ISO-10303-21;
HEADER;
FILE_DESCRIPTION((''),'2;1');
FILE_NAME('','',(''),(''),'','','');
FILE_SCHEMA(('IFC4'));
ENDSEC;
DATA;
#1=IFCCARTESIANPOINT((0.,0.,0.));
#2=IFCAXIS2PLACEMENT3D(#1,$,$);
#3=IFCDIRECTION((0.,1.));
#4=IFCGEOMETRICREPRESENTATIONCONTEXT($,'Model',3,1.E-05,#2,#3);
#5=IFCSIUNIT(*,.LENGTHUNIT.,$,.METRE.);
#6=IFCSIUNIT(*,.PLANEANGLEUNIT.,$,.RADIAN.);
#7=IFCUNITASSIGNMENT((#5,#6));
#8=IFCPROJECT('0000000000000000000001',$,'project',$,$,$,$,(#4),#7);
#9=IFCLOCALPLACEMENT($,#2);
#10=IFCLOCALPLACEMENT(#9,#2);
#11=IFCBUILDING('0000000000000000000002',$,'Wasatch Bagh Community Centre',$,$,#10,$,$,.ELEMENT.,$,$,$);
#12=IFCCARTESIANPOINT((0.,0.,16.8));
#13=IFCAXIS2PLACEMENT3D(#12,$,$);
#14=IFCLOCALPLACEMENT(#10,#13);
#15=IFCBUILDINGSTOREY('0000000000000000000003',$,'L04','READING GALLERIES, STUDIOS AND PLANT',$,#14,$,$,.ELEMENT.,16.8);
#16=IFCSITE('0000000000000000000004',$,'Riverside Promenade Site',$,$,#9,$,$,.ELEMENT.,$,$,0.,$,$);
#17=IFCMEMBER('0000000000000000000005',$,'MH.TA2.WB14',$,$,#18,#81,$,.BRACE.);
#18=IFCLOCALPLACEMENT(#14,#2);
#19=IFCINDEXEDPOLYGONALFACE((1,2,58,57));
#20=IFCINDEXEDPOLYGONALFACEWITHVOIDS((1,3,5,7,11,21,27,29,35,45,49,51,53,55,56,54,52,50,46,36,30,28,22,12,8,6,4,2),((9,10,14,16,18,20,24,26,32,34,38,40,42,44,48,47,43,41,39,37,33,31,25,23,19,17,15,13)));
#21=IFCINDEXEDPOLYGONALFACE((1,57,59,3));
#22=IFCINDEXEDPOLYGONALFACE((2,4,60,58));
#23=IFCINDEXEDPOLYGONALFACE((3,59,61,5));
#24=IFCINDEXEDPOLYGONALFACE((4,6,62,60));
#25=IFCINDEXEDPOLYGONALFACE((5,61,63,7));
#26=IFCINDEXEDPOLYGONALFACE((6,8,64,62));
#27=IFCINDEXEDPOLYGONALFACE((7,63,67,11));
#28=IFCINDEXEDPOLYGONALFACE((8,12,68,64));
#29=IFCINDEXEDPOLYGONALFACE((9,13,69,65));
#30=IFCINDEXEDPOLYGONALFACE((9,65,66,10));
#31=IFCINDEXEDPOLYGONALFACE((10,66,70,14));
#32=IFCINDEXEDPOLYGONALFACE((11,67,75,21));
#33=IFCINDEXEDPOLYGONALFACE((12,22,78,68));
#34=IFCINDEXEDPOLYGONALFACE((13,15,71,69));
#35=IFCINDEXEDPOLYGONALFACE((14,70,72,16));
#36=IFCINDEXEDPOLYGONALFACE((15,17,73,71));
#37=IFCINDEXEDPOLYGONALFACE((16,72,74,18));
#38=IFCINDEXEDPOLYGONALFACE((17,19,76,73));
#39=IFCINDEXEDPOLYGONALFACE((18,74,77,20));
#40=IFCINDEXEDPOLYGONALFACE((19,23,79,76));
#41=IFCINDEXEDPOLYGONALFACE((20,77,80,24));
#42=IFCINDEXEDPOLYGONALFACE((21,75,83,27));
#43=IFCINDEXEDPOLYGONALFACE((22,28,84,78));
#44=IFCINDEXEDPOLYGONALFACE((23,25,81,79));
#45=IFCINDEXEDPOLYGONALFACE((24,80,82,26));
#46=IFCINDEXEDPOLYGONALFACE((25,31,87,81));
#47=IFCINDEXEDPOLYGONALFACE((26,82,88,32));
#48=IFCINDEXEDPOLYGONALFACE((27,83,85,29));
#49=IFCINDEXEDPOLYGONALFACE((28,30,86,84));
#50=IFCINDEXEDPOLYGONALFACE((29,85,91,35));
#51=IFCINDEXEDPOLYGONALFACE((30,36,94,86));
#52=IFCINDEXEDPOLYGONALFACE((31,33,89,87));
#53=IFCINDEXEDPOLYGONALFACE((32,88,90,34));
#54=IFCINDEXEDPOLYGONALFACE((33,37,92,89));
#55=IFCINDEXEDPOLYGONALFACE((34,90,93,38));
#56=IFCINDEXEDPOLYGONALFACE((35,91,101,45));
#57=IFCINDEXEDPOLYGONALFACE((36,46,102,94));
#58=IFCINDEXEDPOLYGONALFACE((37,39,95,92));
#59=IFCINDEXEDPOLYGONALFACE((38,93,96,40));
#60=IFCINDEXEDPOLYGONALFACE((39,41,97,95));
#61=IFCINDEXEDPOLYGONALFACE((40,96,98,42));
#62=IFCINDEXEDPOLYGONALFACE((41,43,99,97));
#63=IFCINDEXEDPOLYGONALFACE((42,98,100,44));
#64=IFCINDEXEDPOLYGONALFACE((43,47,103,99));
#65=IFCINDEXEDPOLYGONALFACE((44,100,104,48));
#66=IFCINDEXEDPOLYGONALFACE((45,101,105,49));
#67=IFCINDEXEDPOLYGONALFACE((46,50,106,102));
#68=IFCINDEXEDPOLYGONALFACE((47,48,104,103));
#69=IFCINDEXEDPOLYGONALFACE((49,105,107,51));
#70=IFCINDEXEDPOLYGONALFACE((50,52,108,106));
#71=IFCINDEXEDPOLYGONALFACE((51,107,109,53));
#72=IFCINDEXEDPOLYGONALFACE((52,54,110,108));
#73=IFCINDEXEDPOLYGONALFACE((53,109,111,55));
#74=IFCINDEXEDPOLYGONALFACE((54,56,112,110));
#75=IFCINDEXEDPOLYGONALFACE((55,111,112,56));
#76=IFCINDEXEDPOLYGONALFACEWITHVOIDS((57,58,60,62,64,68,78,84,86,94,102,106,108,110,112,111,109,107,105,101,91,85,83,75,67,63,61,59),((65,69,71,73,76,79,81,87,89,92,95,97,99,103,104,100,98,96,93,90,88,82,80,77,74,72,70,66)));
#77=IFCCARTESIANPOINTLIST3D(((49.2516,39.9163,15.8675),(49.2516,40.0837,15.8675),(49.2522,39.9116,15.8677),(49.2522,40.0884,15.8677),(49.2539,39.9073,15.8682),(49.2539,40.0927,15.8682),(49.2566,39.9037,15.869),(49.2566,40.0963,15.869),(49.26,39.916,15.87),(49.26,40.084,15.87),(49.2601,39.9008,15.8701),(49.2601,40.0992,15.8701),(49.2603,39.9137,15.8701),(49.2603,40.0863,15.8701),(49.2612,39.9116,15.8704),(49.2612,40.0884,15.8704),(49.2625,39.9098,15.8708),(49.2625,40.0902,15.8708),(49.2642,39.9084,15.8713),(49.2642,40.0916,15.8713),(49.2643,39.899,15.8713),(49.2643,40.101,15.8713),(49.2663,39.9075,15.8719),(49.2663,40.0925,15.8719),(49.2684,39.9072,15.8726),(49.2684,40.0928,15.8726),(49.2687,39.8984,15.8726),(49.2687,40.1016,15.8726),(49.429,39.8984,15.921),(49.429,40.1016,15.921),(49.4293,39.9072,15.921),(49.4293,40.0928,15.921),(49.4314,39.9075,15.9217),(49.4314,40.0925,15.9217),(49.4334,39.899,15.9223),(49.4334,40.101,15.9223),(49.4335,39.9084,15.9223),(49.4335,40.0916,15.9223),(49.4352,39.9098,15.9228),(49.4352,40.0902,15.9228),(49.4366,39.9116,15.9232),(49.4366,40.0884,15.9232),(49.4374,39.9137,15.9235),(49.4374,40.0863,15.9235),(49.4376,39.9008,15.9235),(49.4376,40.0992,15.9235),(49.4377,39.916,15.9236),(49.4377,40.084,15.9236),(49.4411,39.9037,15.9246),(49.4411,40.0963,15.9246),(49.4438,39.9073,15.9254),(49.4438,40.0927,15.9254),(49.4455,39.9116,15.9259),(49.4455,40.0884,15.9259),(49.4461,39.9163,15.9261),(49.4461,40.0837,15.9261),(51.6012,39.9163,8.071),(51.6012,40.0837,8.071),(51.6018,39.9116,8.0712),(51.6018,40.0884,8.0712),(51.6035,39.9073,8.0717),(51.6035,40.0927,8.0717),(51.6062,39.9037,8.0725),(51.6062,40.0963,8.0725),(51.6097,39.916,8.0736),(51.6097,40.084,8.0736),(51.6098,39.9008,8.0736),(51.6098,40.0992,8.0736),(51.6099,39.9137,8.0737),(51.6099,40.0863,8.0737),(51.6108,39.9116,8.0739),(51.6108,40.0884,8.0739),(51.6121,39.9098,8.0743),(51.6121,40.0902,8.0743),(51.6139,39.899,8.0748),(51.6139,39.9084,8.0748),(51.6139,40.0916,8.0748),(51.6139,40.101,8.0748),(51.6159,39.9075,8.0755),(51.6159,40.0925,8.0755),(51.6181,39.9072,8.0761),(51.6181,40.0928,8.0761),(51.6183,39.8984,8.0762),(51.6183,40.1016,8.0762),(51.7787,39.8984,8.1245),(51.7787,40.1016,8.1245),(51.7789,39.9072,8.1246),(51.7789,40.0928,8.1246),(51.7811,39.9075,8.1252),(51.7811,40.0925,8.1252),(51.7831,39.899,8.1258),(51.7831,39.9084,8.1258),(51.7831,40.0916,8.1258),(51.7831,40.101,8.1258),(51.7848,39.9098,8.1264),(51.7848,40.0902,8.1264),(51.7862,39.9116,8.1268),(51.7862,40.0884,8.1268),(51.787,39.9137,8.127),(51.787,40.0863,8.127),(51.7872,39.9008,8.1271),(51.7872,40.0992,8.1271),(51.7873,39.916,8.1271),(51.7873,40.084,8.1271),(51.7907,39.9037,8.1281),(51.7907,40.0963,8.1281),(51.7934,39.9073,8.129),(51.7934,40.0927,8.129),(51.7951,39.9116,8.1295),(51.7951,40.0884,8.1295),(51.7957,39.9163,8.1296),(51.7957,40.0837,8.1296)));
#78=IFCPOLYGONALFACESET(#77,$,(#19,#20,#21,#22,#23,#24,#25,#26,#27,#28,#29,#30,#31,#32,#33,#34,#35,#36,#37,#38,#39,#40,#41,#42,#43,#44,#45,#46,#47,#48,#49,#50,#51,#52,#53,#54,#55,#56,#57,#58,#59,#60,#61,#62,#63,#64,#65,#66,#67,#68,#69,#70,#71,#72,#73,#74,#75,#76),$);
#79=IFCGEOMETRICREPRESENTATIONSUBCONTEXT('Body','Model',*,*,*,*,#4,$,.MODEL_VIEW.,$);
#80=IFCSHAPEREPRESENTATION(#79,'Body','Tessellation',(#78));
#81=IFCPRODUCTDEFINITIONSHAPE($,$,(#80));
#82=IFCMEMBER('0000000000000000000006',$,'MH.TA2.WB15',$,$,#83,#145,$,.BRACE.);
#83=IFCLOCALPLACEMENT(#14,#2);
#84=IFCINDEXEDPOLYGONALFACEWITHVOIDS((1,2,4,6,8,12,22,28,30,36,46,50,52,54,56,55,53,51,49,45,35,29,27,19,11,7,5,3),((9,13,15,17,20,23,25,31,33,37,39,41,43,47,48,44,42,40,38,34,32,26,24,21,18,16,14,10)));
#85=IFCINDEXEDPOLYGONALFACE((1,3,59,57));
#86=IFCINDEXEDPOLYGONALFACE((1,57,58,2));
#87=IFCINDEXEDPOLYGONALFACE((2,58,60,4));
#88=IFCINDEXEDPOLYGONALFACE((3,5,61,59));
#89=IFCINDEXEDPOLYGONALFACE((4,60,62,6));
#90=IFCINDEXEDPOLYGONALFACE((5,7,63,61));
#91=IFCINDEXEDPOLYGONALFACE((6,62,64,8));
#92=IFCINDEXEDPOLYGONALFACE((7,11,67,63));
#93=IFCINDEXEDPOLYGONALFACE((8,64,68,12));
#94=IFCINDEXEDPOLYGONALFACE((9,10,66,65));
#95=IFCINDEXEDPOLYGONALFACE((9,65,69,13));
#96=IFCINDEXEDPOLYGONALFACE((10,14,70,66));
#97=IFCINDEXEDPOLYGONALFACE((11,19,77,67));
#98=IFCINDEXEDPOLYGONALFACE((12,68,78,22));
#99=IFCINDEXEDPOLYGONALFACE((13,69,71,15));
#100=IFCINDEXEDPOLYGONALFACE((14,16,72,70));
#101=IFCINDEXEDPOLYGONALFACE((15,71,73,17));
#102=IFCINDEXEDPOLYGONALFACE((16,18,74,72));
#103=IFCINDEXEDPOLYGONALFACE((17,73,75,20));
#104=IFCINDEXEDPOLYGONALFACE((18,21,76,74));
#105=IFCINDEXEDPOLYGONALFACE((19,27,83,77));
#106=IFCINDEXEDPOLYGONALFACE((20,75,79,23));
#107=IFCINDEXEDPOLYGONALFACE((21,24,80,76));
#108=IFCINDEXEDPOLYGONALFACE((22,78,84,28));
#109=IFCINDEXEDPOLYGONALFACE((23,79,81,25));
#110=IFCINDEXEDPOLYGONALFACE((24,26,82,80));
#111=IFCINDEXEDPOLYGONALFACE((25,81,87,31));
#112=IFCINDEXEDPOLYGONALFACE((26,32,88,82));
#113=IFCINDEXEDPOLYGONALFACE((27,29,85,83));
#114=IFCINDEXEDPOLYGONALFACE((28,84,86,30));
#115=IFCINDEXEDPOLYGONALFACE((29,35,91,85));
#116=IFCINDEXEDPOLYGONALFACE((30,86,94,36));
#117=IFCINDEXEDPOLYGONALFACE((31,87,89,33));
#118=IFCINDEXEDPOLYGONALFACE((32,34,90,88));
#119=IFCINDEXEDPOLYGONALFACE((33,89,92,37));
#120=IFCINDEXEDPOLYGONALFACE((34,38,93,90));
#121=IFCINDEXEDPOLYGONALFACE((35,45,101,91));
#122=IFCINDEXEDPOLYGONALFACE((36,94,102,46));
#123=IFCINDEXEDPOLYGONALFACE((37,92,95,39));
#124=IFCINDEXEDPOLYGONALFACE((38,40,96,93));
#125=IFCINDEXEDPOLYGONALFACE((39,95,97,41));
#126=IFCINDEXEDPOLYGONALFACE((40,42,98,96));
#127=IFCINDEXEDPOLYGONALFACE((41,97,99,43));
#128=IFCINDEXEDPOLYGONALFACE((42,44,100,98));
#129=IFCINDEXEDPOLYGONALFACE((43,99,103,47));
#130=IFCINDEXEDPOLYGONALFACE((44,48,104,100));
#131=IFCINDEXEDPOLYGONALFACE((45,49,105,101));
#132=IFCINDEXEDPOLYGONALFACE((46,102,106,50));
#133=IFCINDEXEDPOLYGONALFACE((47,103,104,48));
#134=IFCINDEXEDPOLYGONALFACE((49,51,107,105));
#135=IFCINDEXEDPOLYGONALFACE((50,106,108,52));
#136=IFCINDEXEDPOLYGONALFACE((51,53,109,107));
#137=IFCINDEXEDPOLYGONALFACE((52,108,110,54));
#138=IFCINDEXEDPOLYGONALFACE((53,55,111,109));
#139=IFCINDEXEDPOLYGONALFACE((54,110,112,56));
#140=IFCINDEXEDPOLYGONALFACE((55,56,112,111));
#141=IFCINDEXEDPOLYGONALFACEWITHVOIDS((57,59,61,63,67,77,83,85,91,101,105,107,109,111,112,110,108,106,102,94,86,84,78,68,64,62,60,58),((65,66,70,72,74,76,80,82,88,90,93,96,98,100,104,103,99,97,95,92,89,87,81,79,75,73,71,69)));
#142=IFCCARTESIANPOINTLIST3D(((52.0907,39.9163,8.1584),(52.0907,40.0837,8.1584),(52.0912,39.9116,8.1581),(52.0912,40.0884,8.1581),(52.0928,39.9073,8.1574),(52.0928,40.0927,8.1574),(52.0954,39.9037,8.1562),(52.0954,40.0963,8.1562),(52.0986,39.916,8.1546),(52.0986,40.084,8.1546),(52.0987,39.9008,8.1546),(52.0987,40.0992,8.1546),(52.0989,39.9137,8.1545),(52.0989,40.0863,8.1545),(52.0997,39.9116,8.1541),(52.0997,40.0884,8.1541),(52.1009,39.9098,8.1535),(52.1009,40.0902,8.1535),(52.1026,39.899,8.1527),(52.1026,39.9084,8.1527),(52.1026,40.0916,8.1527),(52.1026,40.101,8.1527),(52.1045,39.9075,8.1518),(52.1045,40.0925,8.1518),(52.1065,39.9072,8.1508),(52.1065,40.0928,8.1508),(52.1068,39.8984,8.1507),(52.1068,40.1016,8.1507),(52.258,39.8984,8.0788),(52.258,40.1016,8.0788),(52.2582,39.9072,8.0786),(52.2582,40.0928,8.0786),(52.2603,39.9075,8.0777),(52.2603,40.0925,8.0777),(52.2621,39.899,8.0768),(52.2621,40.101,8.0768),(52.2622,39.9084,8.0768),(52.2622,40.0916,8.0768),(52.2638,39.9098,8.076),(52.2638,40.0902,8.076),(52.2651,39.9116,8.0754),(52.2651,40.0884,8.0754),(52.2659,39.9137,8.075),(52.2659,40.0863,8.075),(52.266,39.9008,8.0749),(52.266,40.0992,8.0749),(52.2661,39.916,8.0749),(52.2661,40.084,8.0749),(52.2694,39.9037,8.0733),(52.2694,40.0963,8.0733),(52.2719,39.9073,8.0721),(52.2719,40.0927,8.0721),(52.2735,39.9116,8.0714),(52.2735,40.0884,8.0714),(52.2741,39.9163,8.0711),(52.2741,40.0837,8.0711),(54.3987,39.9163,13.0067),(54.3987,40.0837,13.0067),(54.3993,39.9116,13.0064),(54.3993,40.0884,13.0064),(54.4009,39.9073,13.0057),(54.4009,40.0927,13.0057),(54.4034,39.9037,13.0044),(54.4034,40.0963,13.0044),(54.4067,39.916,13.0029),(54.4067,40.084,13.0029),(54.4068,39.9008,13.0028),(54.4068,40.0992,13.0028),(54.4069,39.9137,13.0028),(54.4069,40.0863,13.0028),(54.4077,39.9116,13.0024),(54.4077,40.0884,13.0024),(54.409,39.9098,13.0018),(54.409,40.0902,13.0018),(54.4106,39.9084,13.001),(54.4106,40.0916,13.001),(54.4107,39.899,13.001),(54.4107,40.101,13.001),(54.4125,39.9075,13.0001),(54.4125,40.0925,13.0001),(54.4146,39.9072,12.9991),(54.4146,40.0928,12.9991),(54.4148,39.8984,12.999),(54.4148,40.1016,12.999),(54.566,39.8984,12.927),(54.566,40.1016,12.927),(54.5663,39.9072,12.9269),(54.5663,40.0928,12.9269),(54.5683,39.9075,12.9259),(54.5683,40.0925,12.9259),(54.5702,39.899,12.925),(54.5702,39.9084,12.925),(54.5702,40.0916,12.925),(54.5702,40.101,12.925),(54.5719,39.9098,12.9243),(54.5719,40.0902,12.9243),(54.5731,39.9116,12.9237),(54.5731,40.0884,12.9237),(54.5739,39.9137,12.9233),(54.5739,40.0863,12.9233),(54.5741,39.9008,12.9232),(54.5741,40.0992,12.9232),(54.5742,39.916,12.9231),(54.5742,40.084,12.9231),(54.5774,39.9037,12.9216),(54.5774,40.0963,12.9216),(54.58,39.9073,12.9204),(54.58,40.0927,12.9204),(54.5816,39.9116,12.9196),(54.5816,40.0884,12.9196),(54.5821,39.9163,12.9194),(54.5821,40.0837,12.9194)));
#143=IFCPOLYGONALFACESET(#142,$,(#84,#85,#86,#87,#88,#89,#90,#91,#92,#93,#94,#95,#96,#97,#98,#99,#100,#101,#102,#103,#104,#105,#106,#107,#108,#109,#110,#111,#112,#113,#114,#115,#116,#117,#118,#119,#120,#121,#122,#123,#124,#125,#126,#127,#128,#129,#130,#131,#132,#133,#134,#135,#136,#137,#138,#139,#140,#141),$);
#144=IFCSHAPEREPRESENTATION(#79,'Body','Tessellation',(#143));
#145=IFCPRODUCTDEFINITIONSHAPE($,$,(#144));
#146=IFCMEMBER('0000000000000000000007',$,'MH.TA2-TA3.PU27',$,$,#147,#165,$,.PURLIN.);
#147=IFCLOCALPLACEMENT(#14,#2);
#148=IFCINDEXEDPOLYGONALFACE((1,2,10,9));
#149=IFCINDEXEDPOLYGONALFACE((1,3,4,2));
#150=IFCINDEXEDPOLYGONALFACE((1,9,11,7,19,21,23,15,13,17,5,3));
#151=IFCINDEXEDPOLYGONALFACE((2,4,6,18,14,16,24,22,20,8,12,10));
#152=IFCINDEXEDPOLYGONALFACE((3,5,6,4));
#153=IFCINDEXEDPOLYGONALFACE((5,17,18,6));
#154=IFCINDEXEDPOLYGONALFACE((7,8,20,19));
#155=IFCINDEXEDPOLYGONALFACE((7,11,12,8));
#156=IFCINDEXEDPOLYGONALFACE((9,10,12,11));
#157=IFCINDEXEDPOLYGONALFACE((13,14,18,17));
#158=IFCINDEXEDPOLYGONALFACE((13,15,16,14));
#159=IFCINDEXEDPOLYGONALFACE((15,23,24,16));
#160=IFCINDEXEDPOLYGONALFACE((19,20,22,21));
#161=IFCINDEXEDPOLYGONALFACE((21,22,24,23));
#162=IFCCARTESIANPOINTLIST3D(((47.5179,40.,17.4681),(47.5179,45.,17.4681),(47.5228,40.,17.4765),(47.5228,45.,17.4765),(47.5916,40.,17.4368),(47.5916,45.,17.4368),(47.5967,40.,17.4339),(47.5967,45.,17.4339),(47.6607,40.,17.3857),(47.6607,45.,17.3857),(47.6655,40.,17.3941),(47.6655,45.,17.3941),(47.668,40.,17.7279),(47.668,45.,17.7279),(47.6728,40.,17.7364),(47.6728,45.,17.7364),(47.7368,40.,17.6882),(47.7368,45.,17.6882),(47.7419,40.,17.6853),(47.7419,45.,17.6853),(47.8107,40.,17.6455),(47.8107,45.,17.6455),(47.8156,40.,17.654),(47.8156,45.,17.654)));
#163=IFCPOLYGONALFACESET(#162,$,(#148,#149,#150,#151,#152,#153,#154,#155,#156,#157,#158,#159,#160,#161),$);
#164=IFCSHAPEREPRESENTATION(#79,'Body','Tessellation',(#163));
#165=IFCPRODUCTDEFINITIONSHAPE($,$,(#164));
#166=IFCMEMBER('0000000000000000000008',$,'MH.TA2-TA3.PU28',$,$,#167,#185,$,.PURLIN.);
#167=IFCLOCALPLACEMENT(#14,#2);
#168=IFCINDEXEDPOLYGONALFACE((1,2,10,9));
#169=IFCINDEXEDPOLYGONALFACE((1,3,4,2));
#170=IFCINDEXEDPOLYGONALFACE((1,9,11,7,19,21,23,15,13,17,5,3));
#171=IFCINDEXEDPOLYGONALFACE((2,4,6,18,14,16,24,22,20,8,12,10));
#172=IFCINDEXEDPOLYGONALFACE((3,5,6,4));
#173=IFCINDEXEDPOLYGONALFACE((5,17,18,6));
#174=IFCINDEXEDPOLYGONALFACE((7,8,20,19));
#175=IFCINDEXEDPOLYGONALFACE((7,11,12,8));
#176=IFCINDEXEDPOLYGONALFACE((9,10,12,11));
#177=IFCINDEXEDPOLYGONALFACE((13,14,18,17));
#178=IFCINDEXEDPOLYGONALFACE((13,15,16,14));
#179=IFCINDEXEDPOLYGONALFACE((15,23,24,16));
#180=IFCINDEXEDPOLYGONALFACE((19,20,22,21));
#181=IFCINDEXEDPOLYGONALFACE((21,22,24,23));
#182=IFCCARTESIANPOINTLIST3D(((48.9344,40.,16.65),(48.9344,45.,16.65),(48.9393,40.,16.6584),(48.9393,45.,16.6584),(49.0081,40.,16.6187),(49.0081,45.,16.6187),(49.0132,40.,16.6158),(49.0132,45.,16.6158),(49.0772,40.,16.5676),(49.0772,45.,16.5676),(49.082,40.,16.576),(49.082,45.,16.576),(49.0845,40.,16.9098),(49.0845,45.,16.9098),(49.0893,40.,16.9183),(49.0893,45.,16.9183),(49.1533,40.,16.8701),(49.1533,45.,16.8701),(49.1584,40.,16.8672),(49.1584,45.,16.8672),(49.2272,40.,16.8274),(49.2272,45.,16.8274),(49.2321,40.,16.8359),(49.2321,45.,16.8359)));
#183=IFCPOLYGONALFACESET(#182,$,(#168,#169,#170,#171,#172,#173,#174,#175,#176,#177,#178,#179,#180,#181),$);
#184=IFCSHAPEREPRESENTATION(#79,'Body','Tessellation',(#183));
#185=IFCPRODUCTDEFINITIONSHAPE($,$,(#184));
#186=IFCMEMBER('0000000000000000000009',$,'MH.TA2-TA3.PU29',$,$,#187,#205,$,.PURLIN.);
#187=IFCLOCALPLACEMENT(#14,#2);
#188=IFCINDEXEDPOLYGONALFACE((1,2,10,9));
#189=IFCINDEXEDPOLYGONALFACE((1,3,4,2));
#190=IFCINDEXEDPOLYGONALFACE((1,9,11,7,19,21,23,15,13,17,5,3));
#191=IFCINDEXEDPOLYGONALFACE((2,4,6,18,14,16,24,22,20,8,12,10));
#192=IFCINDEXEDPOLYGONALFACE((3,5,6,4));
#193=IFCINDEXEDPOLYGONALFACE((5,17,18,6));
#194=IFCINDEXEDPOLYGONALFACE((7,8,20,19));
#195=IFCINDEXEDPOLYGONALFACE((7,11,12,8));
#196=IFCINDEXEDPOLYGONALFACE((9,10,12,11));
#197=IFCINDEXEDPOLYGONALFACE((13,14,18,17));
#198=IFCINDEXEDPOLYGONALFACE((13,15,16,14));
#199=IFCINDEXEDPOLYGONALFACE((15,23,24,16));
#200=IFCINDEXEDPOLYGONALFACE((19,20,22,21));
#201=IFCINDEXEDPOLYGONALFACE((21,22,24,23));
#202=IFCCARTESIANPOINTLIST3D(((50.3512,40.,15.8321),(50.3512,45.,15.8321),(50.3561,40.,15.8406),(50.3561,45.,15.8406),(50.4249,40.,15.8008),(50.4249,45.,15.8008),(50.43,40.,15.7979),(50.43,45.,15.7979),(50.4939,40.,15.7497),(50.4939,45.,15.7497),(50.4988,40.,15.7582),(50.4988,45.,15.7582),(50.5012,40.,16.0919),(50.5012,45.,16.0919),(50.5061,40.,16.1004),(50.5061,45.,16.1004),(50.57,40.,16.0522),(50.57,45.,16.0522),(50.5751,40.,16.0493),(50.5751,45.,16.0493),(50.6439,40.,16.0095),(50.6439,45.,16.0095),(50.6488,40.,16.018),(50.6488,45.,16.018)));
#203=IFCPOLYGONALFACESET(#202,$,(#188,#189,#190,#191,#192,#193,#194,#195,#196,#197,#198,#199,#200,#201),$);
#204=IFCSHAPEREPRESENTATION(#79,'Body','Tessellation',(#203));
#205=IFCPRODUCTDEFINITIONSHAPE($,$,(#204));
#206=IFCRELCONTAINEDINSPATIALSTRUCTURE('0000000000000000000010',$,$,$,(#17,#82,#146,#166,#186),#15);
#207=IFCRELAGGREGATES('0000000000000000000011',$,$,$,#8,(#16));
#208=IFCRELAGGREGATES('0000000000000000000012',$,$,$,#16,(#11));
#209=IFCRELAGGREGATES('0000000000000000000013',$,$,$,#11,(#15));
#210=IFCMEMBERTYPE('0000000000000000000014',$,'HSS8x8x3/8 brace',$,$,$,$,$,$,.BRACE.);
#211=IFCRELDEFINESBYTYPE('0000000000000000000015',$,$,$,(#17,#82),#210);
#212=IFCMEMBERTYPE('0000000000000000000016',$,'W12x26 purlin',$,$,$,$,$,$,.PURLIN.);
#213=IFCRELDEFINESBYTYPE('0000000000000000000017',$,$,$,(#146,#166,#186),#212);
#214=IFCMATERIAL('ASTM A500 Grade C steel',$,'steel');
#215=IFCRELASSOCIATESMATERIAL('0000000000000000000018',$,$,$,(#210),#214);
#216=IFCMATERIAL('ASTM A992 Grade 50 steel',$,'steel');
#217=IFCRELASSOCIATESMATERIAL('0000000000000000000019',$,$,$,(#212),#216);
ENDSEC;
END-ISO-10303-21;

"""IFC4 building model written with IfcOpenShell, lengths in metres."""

from ifc_helpers import new_model, si_unit, direction, frame, origin, origin_2d, place, context, subcontext, project, spatial, hollow_rectangle, i_section, extrude, material, material_profile, profile_set, type_object, element, save


model = new_model("IFC4")

# Units and contexts
model_context = context("Model", 3, precision=1e-05, world=origin(), true_north=direction((0.0, 1.0)))
body_context = subcontext(model_context, "Body", "Model", "MODEL_VIEW")
ifc_project = project(units=[si_unit("LENGTHUNIT", "METRE"), si_unit("PLANEANGLEUNIT", "RADIAN")], contexts=[model_context])

# Site, building, storey
site_placement = place(None, origin())
site = spatial("IfcSite", under=ifc_project, at=site_placement, Name="Riverside Promenade Site", CompositionType="ELEMENT", RefElevation=0.0)
building_placement = place(site_placement, origin())
building = spatial("IfcBuilding", under=site, at=building_placement, Name="Wasatch Bagh Community Centre", CompositionType="ELEMENT")
storey_placement = place(building_placement, frame((0.0, 0.0, 16.8)))
storey = spatial("IfcBuildingStorey", under=building, at=storey_placement, Name="L04", Description="READING GALLERIES, STUDIOS AND PLANT", CompositionType="ELEMENT", Elevation=16.8)

# Members
ifc_material_1 = material(Name="ASTM A500 Grade C steel", Category="steel")
ifc_material_profile_1 = material_profile(ifc_material_1, hollow_rectangle(XDim=0.2031, YDim=0.2031, WallThickness=0.0088, InnerFilletRadius=0.0088, OuterFilletRadius=0.0178, at=origin_2d()), Name="HSS8x8x3/8")
ifc_profile_set_1 = profile_set([ifc_material_profile_1], Name="ASTM A500 Grade C steel")
member_type_1 = type_object("IfcMemberType", Name="HSS8x8x3/8 brace", PredefinedType="BRACE", material=ifc_profile_set_1)
member_1_placement = place(storey_placement, frame((51.6985, 40.0, 8.1003), z_axis=(-0.288552, 0.0, 0.957464), x_axis=(0.0, -1.0, 0.0)))
element("IfcMember", 1, at=member_1_placement, inside=storey, type_object=member_type_1, Name="MH.TA2.WB14", PredefinedType="BRACE", context=body_context, shape_type="SweptSolid", body=[
    extrude(hollow_rectangle(XDim=0.2031, YDim=0.2031, WallThickness=0.0088, InnerFilletRadius=0.0088, OuterFilletRadius=0.0178, at=origin_2d()), origin(), (0.0, 0.0, 1.0), 8.1428),
])
member_2_placement = place(storey_placement, frame((52.1824, 40.0, 8.1147), z_axis=(0.429835, 0.0, 0.902908), x_axis=(0.0, 1.0, 0.0)))
element("IfcMember", 2, at=member_2_placement, inside=storey, type_object=member_type_1, Name="MH.TA2.WB15", PredefinedType="BRACE", context=body_context, shape_type="SweptSolid", body=[
    extrude(hollow_rectangle(XDim=0.2031, YDim=0.2031, WallThickness=0.0088, InnerFilletRadius=0.0088, OuterFilletRadius=0.0178, at=origin_2d()), origin(), (0.0, 0.0, 1.0), 5.3696),
])
ifc_material_2 = material(Name="ASTM A992 Grade 50 steel", Category="steel")
ifc_material_profile_2 = material_profile(ifc_material_2, i_section(OverallWidth=0.1648, OverallDepth=0.3098, WebThickness=0.0059, FlangeThickness=0.0098, at=origin_2d()), Name="W12x26")
ifc_profile_set_2 = profile_set([ifc_material_profile_2], Name="ASTM A992 Grade 50 steel")
member_type_2 = type_object("IfcMemberType", Name="W12x26 purlin", PredefinedType="PURLIN", material=ifc_profile_set_2)
for number, where, z_axis, x_axis, name in (
    (3, (47.6667, 40.0, 17.561), (0.0, 1.0, 0.0), (-0.866025, 0.0, 0.5), "MH.TA2-TA3.PU27"),
    (4, (49.0833, 40.0, 16.7429), (0.0, 1.0, 0.0), (-0.866025, 0.0, 0.5), "MH.TA2-TA3.PU28"),
    (5, (50.5, 40.0, 15.925), (0.0, 1.0, 0.0), (-0.866025, 0.0, 0.5), "MH.TA2-TA3.PU29"),
):
    element("IfcMember", number, at=place(storey_placement, frame(where, z_axis=z_axis, x_axis=x_axis)), inside=storey, type_object=member_type_2, Name=name, PredefinedType="PURLIN", context=body_context, shape_type="SweptSolid", body=[
        extrude(i_section(OverallWidth=0.1648, OverallDepth=0.3098, WebThickness=0.0059, FlangeThickness=0.0098, at=origin_2d()), origin(), (0.0, 0.0, 1.0), 5.0),
    ])

save(model, "model.ifc")
